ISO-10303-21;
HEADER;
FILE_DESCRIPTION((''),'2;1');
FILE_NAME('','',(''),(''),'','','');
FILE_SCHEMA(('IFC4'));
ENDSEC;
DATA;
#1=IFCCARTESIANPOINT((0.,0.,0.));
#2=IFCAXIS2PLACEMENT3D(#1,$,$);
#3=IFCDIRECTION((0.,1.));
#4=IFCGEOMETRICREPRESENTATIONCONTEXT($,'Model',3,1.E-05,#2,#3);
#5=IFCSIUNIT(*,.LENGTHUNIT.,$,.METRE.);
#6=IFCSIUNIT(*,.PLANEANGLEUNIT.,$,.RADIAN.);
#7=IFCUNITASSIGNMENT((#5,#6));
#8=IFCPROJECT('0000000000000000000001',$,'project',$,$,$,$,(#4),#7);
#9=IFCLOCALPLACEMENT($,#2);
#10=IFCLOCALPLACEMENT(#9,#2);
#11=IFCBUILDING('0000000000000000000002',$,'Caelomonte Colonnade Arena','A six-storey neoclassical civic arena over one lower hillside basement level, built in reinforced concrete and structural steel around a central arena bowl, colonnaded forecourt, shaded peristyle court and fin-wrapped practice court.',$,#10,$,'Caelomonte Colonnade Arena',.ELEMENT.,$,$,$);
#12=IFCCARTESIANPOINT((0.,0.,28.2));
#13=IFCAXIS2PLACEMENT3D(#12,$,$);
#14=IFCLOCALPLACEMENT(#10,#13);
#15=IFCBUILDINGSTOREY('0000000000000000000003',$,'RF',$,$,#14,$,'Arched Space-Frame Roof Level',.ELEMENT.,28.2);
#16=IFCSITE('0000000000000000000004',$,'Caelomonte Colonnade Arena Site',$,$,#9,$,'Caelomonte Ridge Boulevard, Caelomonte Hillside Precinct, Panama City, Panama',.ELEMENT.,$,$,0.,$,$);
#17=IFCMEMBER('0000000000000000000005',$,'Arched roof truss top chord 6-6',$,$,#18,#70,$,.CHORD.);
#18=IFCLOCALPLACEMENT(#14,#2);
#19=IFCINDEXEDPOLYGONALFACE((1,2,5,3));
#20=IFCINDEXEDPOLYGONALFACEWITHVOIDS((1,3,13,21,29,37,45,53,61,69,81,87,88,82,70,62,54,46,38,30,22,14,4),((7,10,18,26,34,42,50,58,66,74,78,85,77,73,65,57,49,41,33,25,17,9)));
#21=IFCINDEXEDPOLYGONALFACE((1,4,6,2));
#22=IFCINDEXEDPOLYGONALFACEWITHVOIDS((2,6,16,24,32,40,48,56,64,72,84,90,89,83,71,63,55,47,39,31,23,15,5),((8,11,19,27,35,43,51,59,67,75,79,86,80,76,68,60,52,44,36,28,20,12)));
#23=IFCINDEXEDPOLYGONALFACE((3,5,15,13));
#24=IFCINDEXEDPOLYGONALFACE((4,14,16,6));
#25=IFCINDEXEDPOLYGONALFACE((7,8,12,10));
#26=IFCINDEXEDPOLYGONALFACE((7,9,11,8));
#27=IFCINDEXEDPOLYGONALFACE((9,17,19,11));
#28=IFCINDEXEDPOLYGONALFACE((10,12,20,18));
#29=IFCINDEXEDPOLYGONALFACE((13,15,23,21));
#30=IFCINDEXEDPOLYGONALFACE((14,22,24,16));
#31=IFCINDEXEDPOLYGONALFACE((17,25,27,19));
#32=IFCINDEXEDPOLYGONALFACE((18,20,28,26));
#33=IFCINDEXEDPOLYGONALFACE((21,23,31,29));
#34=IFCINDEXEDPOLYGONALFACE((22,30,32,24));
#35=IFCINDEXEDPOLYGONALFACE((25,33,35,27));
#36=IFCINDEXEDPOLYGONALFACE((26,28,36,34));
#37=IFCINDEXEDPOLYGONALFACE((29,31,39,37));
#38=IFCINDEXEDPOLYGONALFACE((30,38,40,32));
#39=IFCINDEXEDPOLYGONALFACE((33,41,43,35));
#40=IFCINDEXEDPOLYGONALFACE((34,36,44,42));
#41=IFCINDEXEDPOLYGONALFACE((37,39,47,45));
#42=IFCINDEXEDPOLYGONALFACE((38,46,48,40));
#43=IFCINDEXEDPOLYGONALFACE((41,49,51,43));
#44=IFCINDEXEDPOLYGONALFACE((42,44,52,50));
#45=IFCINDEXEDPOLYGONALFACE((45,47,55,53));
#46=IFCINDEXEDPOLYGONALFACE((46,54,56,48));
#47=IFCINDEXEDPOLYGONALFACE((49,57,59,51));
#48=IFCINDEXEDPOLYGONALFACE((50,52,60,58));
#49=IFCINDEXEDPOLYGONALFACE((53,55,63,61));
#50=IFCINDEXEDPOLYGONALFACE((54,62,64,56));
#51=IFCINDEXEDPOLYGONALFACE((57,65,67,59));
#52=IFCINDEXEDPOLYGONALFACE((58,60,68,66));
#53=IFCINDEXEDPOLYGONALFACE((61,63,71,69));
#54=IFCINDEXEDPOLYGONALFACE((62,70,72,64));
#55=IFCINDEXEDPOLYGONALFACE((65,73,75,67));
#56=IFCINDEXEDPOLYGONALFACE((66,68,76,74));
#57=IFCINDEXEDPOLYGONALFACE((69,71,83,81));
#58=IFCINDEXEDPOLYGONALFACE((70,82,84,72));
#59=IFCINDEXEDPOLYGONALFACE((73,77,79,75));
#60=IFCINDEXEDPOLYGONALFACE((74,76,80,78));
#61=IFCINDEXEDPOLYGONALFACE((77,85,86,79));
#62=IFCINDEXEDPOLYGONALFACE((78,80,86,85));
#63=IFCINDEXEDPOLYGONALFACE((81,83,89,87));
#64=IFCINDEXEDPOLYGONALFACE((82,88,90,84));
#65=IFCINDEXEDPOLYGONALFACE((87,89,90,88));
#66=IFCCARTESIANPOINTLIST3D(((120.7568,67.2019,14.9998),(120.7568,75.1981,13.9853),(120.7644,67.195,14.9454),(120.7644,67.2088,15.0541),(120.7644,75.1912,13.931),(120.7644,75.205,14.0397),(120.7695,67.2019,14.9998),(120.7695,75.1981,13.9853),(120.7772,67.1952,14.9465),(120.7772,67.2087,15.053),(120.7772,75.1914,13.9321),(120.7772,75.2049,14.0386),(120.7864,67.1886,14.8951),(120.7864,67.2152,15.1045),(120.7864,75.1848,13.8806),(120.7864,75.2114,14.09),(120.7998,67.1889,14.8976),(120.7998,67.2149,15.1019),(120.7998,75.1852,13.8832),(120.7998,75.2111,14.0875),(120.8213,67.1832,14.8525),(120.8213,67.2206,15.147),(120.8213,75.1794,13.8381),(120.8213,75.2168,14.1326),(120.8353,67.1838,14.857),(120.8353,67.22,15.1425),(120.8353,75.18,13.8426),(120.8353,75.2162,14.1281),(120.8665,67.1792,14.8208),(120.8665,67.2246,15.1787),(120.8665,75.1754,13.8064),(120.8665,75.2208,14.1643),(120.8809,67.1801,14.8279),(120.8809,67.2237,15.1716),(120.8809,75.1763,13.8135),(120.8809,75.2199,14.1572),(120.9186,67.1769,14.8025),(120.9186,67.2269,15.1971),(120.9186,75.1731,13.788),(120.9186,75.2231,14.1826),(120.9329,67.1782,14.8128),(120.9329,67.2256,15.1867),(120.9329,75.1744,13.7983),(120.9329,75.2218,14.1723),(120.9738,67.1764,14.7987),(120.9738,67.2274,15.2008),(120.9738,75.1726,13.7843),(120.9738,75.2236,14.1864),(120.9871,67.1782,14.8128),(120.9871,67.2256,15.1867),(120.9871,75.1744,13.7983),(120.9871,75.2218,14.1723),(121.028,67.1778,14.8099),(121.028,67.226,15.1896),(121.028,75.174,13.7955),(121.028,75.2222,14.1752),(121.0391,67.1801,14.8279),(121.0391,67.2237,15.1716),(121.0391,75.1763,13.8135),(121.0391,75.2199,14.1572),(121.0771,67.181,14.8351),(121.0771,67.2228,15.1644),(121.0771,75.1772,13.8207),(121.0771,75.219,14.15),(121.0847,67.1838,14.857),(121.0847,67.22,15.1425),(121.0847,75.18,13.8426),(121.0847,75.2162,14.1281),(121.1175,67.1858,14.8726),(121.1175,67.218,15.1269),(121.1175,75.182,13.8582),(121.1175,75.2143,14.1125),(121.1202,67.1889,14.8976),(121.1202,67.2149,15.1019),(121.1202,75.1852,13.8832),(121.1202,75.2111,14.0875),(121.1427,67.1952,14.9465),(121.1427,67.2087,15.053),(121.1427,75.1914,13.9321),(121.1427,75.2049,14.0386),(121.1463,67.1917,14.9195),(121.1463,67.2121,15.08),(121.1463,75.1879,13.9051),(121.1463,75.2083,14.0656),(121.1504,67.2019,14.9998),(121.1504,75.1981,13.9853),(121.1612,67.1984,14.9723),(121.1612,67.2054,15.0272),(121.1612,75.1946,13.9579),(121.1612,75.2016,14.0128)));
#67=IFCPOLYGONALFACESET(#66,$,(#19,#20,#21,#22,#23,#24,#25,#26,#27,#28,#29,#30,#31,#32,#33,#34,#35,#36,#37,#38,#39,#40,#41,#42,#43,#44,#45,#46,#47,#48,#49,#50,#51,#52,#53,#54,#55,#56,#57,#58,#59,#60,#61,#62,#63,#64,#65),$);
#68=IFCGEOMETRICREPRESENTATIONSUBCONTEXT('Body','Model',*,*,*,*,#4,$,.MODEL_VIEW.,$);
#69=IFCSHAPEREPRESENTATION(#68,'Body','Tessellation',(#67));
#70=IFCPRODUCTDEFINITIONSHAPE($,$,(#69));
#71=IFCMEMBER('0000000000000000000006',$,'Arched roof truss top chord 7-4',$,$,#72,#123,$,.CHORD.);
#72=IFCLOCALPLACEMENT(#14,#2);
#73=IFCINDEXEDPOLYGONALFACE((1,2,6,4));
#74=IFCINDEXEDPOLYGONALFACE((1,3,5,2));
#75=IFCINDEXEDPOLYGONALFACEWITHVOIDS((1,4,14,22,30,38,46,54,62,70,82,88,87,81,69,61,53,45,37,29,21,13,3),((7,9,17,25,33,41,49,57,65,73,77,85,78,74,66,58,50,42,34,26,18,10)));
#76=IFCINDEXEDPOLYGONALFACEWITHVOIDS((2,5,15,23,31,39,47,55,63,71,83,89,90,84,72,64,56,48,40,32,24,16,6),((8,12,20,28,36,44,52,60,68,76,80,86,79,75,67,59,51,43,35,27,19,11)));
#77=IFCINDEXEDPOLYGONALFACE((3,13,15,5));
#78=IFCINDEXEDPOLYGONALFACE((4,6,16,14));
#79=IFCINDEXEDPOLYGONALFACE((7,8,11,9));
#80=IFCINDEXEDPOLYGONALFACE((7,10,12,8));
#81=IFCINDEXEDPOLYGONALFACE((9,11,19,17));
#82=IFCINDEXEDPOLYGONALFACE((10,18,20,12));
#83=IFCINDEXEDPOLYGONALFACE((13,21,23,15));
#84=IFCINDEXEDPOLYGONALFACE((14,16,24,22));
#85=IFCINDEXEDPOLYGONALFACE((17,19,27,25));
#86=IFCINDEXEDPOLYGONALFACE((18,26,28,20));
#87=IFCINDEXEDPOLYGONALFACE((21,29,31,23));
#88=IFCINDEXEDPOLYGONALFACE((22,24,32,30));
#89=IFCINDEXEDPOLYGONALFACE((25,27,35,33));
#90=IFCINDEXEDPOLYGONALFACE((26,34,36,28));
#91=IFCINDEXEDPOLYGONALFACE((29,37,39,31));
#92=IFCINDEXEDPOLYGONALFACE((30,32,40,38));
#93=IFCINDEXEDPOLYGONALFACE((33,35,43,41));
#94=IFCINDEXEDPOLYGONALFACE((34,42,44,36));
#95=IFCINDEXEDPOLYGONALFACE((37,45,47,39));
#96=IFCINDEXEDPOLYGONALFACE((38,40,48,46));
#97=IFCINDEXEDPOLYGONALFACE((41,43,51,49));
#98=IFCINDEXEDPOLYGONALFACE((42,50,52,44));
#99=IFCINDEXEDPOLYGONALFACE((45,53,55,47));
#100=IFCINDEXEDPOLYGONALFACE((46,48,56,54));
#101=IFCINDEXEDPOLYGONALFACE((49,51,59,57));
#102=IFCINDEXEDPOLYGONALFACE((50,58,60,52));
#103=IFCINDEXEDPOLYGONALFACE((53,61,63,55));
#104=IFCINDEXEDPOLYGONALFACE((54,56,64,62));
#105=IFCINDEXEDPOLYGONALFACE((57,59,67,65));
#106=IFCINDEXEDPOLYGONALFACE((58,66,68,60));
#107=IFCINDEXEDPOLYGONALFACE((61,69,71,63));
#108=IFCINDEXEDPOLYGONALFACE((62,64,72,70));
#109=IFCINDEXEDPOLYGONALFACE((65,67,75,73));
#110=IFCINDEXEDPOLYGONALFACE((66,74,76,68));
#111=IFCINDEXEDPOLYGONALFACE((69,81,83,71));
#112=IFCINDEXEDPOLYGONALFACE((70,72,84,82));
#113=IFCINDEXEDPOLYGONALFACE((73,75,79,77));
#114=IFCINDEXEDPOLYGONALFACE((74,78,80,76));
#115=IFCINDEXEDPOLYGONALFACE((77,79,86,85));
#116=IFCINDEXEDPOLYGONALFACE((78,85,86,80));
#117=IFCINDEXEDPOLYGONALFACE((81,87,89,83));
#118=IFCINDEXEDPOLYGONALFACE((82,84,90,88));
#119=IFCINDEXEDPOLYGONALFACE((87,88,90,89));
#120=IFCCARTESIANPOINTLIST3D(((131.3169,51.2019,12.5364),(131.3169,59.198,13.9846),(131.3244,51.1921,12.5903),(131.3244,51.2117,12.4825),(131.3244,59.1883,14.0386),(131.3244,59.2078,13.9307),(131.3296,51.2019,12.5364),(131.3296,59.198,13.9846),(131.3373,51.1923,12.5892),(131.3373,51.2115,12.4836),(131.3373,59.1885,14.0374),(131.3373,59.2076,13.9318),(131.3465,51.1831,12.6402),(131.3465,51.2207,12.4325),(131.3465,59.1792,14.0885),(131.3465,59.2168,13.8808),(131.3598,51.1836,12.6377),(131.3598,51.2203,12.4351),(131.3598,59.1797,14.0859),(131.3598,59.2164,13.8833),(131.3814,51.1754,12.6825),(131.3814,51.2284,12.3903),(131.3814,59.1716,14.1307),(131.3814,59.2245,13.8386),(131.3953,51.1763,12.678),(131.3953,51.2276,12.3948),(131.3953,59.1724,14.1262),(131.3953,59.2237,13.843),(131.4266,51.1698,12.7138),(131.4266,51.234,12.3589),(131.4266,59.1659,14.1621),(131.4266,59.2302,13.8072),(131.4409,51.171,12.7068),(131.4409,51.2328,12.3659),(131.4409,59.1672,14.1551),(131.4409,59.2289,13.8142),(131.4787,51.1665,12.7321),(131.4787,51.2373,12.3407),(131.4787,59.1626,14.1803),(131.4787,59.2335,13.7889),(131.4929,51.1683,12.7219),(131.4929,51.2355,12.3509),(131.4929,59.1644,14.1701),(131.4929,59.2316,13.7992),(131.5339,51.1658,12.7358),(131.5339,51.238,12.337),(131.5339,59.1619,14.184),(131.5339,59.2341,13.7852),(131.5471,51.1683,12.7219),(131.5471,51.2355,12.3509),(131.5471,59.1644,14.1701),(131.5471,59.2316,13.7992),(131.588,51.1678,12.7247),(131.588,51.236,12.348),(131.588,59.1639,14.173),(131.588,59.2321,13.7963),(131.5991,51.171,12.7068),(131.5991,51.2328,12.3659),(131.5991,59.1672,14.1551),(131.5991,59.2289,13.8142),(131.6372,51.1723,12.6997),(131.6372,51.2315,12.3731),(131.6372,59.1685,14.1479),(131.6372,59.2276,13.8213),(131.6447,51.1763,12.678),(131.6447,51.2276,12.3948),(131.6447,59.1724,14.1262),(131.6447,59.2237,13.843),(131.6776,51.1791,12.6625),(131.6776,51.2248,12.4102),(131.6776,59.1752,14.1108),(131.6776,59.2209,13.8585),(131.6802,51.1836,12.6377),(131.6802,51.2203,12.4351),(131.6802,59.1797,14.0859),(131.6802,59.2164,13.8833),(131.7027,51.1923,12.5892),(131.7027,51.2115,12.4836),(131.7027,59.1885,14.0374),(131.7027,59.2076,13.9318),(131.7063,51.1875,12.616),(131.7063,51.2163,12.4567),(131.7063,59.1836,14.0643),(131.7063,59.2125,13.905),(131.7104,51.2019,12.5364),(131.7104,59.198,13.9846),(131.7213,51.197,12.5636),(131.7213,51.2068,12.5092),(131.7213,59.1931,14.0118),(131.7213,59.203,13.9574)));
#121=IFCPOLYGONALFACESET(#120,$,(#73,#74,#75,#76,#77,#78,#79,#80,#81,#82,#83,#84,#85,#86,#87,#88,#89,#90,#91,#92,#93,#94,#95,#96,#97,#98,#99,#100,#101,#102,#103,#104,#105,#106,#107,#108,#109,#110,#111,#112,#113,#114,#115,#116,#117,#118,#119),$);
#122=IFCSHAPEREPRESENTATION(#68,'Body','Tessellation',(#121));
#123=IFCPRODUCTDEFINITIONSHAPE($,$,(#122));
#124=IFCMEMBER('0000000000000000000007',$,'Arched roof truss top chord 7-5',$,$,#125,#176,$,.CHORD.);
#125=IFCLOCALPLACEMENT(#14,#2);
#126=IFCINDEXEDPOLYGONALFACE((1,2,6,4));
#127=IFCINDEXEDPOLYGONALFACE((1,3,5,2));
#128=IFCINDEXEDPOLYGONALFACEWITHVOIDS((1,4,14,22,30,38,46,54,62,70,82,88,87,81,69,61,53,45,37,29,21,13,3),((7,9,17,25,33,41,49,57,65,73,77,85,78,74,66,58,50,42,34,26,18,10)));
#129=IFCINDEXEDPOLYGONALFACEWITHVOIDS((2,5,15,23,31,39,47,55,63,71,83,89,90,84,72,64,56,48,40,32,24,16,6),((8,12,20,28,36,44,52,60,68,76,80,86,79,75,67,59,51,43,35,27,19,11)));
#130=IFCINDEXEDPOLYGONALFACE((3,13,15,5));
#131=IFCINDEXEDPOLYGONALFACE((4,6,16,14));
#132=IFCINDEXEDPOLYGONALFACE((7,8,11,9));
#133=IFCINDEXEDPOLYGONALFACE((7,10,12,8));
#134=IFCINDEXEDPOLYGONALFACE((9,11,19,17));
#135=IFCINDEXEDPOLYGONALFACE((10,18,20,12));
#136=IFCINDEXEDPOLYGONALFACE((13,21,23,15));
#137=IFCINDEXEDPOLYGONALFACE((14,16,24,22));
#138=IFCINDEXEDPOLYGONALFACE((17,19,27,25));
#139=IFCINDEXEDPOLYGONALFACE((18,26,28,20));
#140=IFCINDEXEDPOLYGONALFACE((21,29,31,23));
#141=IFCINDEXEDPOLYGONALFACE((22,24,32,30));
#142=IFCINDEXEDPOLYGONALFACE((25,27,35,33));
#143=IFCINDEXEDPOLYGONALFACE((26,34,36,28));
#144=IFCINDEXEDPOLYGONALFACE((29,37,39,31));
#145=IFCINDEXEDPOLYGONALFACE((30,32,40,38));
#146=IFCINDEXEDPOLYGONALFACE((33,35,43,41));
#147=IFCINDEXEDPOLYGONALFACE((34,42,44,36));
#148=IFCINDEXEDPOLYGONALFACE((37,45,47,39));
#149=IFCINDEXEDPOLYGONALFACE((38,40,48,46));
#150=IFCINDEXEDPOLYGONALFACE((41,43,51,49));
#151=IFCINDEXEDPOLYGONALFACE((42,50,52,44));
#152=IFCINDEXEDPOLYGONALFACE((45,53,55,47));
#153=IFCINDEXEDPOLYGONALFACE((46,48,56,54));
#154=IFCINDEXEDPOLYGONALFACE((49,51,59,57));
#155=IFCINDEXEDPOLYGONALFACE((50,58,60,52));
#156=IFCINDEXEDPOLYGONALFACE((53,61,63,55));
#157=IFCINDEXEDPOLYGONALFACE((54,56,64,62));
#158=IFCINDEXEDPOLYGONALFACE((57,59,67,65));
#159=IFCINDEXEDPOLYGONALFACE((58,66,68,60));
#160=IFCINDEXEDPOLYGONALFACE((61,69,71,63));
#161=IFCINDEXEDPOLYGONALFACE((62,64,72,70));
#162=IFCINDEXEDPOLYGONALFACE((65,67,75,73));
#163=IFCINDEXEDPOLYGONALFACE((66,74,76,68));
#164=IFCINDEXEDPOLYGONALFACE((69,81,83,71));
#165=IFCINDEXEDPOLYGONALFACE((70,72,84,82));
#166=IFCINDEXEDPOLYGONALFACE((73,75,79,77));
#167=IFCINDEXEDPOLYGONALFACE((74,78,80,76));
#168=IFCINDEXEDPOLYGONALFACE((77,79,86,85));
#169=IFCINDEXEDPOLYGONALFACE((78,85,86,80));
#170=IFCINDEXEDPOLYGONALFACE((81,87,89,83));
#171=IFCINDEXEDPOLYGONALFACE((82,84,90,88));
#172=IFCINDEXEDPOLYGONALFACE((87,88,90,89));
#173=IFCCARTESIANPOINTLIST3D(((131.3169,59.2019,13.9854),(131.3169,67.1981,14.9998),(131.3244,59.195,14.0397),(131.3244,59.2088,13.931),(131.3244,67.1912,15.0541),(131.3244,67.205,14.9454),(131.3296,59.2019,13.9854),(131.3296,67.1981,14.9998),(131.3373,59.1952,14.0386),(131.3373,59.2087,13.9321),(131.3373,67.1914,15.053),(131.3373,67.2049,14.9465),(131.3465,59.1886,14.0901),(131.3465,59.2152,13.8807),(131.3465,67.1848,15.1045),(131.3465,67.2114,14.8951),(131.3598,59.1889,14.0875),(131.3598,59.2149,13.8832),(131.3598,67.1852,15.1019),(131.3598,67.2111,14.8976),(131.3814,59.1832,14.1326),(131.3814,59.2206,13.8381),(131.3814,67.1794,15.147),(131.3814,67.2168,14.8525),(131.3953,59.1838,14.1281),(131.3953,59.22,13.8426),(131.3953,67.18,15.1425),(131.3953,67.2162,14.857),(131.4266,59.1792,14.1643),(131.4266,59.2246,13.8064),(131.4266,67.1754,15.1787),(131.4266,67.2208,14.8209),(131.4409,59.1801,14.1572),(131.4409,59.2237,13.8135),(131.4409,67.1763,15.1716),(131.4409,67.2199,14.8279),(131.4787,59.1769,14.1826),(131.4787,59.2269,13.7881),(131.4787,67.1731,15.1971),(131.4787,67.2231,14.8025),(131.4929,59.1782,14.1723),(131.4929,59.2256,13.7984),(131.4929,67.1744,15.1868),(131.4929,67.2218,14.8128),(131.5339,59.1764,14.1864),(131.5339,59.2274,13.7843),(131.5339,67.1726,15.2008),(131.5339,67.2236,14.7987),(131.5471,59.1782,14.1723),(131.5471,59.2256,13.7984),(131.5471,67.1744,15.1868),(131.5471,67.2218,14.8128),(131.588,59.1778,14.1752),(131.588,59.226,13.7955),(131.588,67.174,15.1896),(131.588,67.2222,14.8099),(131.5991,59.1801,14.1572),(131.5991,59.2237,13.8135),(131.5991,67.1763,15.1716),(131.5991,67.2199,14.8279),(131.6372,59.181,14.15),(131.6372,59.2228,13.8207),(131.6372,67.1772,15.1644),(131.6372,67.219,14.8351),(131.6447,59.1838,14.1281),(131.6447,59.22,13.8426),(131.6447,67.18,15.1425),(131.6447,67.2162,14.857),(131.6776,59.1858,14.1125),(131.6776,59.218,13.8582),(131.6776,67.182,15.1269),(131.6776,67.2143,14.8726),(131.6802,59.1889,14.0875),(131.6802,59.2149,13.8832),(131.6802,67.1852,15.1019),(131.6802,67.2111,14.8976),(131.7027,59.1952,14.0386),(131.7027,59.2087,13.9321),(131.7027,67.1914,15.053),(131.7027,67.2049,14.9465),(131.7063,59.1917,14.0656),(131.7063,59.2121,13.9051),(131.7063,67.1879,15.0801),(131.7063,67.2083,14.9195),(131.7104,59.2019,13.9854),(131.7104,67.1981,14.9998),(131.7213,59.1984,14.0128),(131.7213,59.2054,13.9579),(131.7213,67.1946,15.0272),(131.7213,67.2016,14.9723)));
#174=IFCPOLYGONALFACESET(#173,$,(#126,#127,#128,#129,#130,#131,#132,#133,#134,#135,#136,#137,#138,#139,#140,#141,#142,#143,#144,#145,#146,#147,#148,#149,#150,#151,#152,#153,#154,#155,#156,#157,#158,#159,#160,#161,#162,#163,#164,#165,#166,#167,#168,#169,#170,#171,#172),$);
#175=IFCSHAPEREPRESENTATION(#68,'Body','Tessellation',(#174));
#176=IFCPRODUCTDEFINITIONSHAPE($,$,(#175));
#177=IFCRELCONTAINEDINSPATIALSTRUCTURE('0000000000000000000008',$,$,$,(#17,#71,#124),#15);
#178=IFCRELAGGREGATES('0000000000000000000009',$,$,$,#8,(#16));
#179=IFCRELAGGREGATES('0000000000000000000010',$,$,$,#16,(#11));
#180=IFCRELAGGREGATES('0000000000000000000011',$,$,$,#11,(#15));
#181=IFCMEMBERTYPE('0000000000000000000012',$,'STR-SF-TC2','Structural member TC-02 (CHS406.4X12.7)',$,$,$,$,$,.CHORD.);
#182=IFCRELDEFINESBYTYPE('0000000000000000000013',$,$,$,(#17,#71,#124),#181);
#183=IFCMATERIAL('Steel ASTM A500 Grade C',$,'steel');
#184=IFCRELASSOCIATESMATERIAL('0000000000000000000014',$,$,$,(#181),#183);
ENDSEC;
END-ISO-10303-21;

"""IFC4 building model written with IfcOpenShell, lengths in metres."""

from ifc_helpers import new_model, si_unit, direction, frame, origin, origin_2d, place, context, subcontext, project, spatial, hollow_circle, extrude, material, material_profile, profile_set, type_object, element, save


model = new_model("IFC4")

# Units and contexts
model_context = context("Model", 3, precision=1e-05, world=origin(), true_north=direction((0.0, 1.0)))
body_context = subcontext(model_context, "Body", "Model", "MODEL_VIEW")
ifc_project = project(units=[si_unit("LENGTHUNIT", "METRE"), si_unit("PLANEANGLEUNIT", "RADIAN")], contexts=[model_context])

# Site, building, storey
site_placement = place(None, origin())
site = spatial("IfcSite", under=ifc_project, at=site_placement, Name="Caelomonte Colonnade Arena Site", LongName="Caelomonte Ridge Boulevard, Caelomonte Hillside Precinct, Panama City, Panama", CompositionType="ELEMENT", RefElevation=0.0)
building_placement = place(site_placement, origin())
building = spatial("IfcBuilding", under=site, at=building_placement, Name="Caelomonte Colonnade Arena", Description="A six-storey neoclassical civic arena over one lower hillside basement level, built in reinforced concrete and structural steel around a central arena bowl, colonnaded forecourt, shaded peristyle court and fin-wrapped practice court.", LongName="Caelomonte Colonnade Arena", CompositionType="ELEMENT")
storey_placement = place(building_placement, frame((0.0, 0.0, 28.2)))
storey = spatial("IfcBuildingStorey", under=building, at=storey_placement, Name="RF", LongName="Arched Space-Frame Roof Level", CompositionType="ELEMENT", Elevation=28.2)

# Members
ifc_material_1 = material(Name="Steel ASTM A500 Grade C", Category="steel")
ifc_material_profile_1 = material_profile(ifc_material_1, hollow_circle(Radius=0.2031, WallThickness=0.0127, at=origin_2d()), Name="CHS406.4X12.7")
ifc_profile_set_1 = profile_set([ifc_material_profile_1], Name="Steel ASTM A500 Grade C")
member_type_1 = type_object("IfcMemberType", Name="STR-SF-TC2", Description="Structural member TC-02 (CHS406.4X12.7)", PredefinedType="CHORD", material=ifc_profile_set_1)
for number, where, z_axis, x_axis, name in (
    (1, (120.96, 67.2019, 14.9998), (0.0, 0.992049, -0.125854), (-1.0, 0.0, 0.0), "Arched roof truss top chord 6-6"),
):
    element("IfcMember", number, at=place(storey_placement, frame(where, z_axis=z_axis, x_axis=x_axis)), inside=storey, type_object=member_type_1, Name=name, PredefinedType="CHORD", context=body_context, shape_type="SweptSolid", body=[
        extrude(hollow_circle(Radius=0.2031, WallThickness=0.0127, at=origin_2d()), origin(), (0.0, 0.0, 1.0), 8.0603),
    ])
member_1_placement = place(storey_placement, frame((131.52, 51.2019, 12.5364), z_axis=(0.0, 0.983991, 0.178219), x_axis=(-1.0, 0.0, 0.0)))
element("IfcMember", 2, at=member_1_placement, inside=storey, type_object=member_type_1, Name="Arched roof truss top chord 7-4", PredefinedType="CHORD", context=body_context, shape_type="SweptSolid", body=[
    extrude(hollow_circle(Radius=0.2031, WallThickness=0.0127, at=origin_2d()), origin(), (0.0, 0.0, 1.0), 8.1262),
])
for number, where, z_axis, x_axis, name in (
    (3, (131.52, 59.2019, 13.9854), (0.0, 0.992049, 0.125854), (-1.0, 0.0, 0.0), "Arched roof truss top chord 7-5"),
):
    element("IfcMember", number, at=place(storey_placement, frame(where, z_axis=z_axis, x_axis=x_axis)), inside=storey, type_object=member_type_1, Name=name, PredefinedType="CHORD", context=body_context, shape_type="SweptSolid", body=[
        extrude(hollow_circle(Radius=0.2031, WallThickness=0.0127, at=origin_2d()), origin(), (0.0, 0.0, 1.0), 8.0603),
    ])

save(model, "model.ifc")
